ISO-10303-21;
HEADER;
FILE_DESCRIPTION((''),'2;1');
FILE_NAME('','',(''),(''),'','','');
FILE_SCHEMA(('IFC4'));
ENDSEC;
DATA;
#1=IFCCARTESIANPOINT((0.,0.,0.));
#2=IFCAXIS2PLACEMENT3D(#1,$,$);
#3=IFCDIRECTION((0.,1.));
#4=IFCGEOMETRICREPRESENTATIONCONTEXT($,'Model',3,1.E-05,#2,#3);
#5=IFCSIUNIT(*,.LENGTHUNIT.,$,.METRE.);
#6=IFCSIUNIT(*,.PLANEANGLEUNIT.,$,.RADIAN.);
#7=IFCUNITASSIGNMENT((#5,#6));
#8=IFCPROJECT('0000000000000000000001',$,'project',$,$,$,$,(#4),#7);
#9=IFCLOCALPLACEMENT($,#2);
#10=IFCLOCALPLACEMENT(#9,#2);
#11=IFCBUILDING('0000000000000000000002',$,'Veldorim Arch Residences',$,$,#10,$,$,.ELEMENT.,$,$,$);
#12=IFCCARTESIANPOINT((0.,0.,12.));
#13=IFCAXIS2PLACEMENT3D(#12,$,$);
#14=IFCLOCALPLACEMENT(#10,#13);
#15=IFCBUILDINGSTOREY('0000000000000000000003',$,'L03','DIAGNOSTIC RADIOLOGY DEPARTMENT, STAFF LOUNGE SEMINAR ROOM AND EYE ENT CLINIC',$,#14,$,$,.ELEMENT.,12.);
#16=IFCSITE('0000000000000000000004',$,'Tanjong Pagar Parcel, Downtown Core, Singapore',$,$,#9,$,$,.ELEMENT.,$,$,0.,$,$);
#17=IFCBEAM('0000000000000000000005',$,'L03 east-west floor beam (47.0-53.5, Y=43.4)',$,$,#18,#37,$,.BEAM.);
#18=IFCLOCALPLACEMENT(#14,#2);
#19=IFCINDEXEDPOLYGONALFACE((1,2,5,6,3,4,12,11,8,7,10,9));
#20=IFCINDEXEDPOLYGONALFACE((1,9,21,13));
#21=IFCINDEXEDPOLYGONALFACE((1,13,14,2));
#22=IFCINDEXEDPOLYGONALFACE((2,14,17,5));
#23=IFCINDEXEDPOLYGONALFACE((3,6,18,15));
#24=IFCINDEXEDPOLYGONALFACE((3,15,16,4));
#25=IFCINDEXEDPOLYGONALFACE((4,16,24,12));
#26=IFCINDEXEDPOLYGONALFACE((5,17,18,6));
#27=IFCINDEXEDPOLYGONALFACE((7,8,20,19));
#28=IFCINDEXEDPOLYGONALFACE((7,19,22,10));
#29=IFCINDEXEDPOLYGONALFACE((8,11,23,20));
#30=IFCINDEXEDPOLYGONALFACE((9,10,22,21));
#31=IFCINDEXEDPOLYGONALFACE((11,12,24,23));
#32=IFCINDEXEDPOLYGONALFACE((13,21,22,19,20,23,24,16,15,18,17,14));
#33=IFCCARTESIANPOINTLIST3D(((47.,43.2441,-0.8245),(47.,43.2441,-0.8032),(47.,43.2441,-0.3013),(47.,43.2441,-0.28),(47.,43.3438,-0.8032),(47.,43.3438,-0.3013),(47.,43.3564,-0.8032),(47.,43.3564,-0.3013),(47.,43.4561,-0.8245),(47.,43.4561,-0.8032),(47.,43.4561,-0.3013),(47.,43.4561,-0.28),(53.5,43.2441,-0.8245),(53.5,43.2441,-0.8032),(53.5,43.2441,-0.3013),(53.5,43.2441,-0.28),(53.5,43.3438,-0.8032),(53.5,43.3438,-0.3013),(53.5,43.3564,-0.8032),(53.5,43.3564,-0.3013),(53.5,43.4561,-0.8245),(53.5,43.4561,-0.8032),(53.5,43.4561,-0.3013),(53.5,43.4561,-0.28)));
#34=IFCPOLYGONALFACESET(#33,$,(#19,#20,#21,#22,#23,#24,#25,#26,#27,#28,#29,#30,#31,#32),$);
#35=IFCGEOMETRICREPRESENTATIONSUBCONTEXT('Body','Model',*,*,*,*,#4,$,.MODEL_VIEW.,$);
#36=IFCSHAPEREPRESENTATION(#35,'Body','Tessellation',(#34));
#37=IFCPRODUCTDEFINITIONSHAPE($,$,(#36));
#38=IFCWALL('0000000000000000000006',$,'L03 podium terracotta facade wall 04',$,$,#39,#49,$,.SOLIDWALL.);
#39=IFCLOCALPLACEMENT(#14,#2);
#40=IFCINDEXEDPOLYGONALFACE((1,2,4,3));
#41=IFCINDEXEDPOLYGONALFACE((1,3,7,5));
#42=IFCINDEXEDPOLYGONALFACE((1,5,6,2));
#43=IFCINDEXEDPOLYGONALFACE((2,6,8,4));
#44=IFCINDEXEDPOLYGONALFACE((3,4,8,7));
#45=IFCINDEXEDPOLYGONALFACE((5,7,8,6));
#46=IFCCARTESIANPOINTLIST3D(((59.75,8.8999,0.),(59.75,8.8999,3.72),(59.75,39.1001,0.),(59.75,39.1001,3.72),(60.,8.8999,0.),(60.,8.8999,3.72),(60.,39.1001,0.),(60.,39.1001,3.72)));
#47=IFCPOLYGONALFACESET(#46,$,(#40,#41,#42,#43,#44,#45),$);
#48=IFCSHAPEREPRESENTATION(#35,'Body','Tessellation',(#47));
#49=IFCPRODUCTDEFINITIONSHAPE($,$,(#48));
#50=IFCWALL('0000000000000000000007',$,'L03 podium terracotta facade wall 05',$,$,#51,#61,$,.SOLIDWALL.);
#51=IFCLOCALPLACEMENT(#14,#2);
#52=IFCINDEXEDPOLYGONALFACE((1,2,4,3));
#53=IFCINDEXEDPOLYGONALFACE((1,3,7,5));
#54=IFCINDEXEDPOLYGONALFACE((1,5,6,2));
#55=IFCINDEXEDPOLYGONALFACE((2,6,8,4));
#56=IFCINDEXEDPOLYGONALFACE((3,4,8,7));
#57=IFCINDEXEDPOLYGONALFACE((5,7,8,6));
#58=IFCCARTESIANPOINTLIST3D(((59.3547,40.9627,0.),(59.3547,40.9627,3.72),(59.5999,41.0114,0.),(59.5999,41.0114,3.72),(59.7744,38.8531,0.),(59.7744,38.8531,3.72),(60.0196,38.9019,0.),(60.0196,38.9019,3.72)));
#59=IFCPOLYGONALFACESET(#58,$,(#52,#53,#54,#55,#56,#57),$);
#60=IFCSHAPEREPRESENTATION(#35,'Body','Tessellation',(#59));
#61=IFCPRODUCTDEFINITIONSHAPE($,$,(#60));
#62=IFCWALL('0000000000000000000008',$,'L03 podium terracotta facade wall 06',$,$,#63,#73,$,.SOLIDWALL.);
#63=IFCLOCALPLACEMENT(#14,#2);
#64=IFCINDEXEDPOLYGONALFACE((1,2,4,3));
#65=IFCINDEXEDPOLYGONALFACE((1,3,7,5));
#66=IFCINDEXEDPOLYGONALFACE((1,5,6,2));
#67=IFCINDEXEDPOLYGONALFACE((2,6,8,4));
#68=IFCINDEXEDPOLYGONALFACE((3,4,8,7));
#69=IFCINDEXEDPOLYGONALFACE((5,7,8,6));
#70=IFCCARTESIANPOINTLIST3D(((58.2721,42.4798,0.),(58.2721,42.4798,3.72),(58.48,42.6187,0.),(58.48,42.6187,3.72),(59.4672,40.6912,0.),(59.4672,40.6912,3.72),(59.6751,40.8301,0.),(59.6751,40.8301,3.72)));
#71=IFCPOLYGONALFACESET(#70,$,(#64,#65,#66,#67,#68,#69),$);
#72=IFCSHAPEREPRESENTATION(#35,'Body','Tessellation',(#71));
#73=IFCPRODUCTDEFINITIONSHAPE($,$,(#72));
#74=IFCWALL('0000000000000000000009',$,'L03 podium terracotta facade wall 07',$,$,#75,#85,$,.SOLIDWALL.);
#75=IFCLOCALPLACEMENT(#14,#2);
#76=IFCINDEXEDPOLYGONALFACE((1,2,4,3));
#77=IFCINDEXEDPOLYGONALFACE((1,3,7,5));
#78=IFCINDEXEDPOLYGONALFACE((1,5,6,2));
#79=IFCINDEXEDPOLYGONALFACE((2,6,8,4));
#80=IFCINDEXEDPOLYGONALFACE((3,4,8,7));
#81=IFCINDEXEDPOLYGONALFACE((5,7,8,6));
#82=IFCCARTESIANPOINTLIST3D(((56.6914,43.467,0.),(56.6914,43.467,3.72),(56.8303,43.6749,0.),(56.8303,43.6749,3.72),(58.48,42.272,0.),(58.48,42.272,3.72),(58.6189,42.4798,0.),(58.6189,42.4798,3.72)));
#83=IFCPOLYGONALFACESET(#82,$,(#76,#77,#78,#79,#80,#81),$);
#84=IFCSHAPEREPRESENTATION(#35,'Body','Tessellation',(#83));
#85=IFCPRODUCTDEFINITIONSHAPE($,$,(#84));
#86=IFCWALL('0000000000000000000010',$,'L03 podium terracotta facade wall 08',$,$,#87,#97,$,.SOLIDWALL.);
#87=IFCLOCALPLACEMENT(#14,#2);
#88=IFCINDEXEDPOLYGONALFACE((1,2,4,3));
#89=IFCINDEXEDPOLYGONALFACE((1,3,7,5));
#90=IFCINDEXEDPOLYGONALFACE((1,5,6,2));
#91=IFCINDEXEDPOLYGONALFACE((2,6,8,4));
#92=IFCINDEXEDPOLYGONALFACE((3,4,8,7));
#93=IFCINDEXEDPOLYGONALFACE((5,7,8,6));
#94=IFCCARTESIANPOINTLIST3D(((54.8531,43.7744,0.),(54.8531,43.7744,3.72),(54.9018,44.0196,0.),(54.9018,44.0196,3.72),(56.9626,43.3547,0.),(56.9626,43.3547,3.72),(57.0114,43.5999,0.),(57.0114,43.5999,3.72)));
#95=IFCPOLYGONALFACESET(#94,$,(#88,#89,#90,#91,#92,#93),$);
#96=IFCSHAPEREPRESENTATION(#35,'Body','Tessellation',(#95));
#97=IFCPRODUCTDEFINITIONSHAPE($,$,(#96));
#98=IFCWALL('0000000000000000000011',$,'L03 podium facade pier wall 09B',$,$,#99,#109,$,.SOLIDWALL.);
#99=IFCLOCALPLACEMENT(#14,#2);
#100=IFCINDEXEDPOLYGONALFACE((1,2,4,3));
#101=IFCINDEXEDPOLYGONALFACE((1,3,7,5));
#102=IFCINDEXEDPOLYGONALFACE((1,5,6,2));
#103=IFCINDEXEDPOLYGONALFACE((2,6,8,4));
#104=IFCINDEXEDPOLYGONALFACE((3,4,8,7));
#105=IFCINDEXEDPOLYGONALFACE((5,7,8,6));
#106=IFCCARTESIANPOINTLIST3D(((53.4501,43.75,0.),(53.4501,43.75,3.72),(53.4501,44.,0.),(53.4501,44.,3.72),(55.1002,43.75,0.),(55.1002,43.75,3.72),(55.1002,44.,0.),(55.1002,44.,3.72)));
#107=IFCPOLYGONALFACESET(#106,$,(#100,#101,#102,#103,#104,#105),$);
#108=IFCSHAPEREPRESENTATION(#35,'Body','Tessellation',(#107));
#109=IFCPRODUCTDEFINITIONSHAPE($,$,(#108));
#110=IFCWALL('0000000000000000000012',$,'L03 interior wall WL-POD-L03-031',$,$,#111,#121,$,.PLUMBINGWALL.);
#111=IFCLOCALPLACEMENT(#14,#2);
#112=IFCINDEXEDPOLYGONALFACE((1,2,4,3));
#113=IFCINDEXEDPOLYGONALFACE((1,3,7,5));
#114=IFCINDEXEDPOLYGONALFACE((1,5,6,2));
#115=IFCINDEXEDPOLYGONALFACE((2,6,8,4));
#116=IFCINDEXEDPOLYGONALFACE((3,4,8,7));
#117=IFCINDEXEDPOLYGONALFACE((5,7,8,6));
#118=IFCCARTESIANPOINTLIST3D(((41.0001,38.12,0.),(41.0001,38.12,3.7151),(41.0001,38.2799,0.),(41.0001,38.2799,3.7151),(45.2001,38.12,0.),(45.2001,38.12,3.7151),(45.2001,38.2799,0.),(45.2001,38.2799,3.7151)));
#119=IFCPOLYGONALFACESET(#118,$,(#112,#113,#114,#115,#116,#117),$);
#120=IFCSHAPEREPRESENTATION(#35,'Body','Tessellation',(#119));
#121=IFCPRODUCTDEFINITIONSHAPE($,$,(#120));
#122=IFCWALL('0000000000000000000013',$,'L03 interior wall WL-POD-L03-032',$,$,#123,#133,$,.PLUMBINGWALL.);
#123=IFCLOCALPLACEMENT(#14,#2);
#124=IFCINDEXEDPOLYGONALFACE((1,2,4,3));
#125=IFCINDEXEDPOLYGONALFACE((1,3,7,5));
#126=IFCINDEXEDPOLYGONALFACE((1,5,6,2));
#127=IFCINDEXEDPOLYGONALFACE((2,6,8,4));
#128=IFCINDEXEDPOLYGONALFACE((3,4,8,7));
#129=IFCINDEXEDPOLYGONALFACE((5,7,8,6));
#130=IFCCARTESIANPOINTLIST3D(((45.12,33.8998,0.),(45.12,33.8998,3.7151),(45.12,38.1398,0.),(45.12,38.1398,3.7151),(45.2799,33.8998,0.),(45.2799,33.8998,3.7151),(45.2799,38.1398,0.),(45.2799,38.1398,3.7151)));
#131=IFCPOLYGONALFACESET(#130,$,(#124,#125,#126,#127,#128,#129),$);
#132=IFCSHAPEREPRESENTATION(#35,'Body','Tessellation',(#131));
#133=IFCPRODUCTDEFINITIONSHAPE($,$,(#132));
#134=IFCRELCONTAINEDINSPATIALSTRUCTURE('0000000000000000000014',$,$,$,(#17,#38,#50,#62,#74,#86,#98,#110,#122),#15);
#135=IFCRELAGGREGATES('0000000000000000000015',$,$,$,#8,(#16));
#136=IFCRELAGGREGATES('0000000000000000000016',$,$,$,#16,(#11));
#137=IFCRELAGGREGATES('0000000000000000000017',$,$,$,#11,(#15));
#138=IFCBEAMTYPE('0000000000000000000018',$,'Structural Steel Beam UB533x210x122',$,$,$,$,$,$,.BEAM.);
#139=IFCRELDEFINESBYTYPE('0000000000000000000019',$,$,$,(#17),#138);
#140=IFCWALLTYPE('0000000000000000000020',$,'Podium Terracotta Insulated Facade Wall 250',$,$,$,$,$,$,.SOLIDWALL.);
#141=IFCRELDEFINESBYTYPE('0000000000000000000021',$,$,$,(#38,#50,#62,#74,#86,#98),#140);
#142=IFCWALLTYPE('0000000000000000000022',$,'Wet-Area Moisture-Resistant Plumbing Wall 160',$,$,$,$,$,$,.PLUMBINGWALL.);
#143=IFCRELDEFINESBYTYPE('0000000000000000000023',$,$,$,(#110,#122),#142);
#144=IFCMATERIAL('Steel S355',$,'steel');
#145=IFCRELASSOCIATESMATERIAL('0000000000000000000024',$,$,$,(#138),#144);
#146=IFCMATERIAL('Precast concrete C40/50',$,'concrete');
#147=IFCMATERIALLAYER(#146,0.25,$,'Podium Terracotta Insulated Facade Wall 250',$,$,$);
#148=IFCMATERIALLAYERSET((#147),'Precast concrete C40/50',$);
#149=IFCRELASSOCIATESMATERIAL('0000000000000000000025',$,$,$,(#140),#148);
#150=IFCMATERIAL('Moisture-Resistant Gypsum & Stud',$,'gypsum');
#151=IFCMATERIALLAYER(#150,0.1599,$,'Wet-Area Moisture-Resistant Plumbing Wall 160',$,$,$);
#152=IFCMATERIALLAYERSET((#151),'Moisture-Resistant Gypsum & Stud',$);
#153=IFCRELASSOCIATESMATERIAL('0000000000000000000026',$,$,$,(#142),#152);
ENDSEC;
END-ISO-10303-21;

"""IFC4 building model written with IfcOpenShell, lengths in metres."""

from ifc_helpers import new_model, si_unit, direction, frame, frame_2d, origin, origin_2d, place, context, subcontext, project, spatial, rectangle, i_section, extrude, material, layer, layer_set, material_profile, profile_set, type_object, element, save


model = new_model("IFC4")

# Units and contexts
model_context = context("Model", 3, precision=1e-05, world=origin(), true_north=direction((0.0, 1.0)))
body_context = subcontext(model_context, "Body", "Model", "MODEL_VIEW")
ifc_project = project(units=[si_unit("LENGTHUNIT", "METRE"), si_unit("PLANEANGLEUNIT", "RADIAN")], contexts=[model_context])

# Site, building, storey
site_placement = place(None, origin())
site = spatial("IfcSite", under=ifc_project, at=site_placement, Name="Tanjong Pagar Parcel, Downtown Core, Singapore", CompositionType="ELEMENT", RefElevation=0.0)
building_placement = place(site_placement, origin())
building = spatial("IfcBuilding", under=site, at=building_placement, Name="Veldorim Arch Residences", CompositionType="ELEMENT")
storey_placement = place(building_placement, frame((0.0, 0.0, 12.0)))
storey = spatial("IfcBuildingStorey", under=building, at=storey_placement, Name="L03", Description="DIAGNOSTIC RADIOLOGY DEPARTMENT, STAFF LOUNGE SEMINAR ROOM AND EYE ENT CLINIC", CompositionType="ELEMENT", Elevation=12.0)

# Beam
ifc_material_1 = material(Name="Steel S355", Category="steel")
ifc_material_profile_1 = material_profile(ifc_material_1, i_section(OverallWidth=0.2119, OverallDepth=0.5444, WebThickness=0.0127, FlangeThickness=0.0212, at=origin_2d()), Name="UB533x210x122")
ifc_profile_set_1 = profile_set([ifc_material_profile_1], Name="Steel S355")
beam_type_1 = type_object("IfcBeamType", Name="Structural Steel Beam UB533x210x122", PredefinedType="BEAM", material=ifc_profile_set_1)
beam_1_placement = place(storey_placement, frame((47.0, 43.3501, -0.5522), z_axis=(1.0, 0.0, 0.0), x_axis=(0.0, 1.0, 0.0)))
element("IfcBeam", 1, at=beam_1_placement, inside=storey, type_object=beam_type_1, Name="L03 east-west floor beam (47.0-53.5, Y=43.4)", PredefinedType="BEAM", context=body_context, shape_type="SweptSolid", body=[
    extrude(i_section(OverallWidth=0.2119, OverallDepth=0.5444, WebThickness=0.0127, FlangeThickness=0.0212, at=origin_2d()), origin(), (0.0, 0.0, 1.0), 6.5),
])

# Walls
ifc_material_2 = material(Name="Precast concrete C40/50", Category="concrete")
ifc_layer_1 = layer(ifc_material_2, 0.25, Name="Podium Terracotta Insulated Facade Wall 250")
ifc_layer_set_1 = layer_set([ifc_layer_1], Name="Precast concrete C40/50")
wall_type_1 = type_object("IfcWallType", Name="Podium Terracotta Insulated Facade Wall 250", PredefinedType="SOLIDWALL", material=ifc_layer_set_1)
wall_1_placement = place(storey_placement, frame((59.875, 39.1001, 0.0), z_axis=(0.0, 0.0, 1.0), x_axis=(0.0, -1.0, 0.0)))
element("IfcWall", 2, at=wall_1_placement, inside=storey, type_object=wall_type_1, Name="L03 podium terracotta facade wall 04", PredefinedType="SOLIDWALL", context=body_context, shape_type="SweptSolid", body=[
    extrude(rectangle(XDim=30.2002, YDim=0.25, at=frame_2d((15.1001, 0.0))), origin(), (0.0, 0.0, 1.0), 3.72),
])
wall_2_placement = place(storey_placement, frame((59.4773, 40.9871, 0.0), z_axis=(0.0, 0.0, 1.0), x_axis=(0.195112, -0.980781, 0.0)))
element("IfcWall", 3, at=wall_2_placement, inside=storey, type_object=wall_type_1, Name="L03 podium terracotta facade wall 05", PredefinedType="SOLIDWALL", context=body_context, shape_type="SweptSolid", body=[
    extrude(rectangle(XDim=2.1509, YDim=0.25, at=frame_2d((1.0754, 0.0))), origin(), (0.0, 0.0, 1.0), 3.72),
])
for number, where, z_axis, x_axis, name in (
    (4, (58.376, 42.5493, 0.0), (0.0, 0.0, 1.0), (0.555564, -0.831474, 0.0), "L03 podium terracotta facade wall 06"),
    (5, (56.7607, 43.571, 0.0), (0.0, 0.0, 1.0), (0.831474, -0.555564, 0.0), "L03 podium terracotta facade wall 07"),
):
    element("IfcWall", number, at=place(storey_placement, frame(where, z_axis=z_axis, x_axis=x_axis)), inside=storey, type_object=wall_type_1, Name=name, PredefinedType="SOLIDWALL", context=body_context, shape_type="SweptSolid", body=[
        extrude(rectangle(XDim=2.1511, YDim=0.25, at=frame_2d((1.0757, 0.0))), origin(), (0.0, 0.0, 1.0), 3.72),
    ])
wall_3_placement = place(storey_placement, frame((54.8774, 43.897, 0.0), z_axis=(0.0, 0.0, 1.0), x_axis=(0.980781, -0.195112, 0.0)))
element("IfcWall", 6, at=wall_3_placement, inside=storey, type_object=wall_type_1, Name="L03 podium terracotta facade wall 08", PredefinedType="SOLIDWALL", context=body_context, shape_type="SweptSolid", body=[
    extrude(rectangle(XDim=2.1509, YDim=0.25, at=frame_2d((1.0754, 0.0))), origin(), (0.0, 0.0, 1.0), 3.72),
])
wall_4_placement = place(storey_placement, frame((53.45, 43.875, 0.0), z_axis=(0.0, 0.0, 1.0), x_axis=(1.0, 0.0, 0.0)))
element("IfcWall", 7, at=wall_4_placement, inside=storey, type_object=wall_type_1, Name="L03 podium facade pier wall 09B", PredefinedType="SOLIDWALL", context=body_context, shape_type="SweptSolid", body=[
    extrude(rectangle(XDim=1.6501, YDim=0.25, at=frame_2d((0.8252, 0.0))), origin(), (0.0, 0.0, 1.0), 3.72),
])
ifc_material_3 = material(Name="Moisture-Resistant Gypsum & Stud", Category="gypsum")
ifc_layer_2 = layer(ifc_material_3, 0.1599, Name="Wet-Area Moisture-Resistant Plumbing Wall 160")
ifc_layer_set_2 = layer_set([ifc_layer_2], Name="Moisture-Resistant Gypsum & Stud")
wall_type_2 = type_object("IfcWallType", Name="Wet-Area Moisture-Resistant Plumbing Wall 160", PredefinedType="PLUMBINGWALL", material=ifc_layer_set_2)
wall_5_placement = place(storey_placement, frame((41.0, 38.2, 0.0), z_axis=(0.0, 0.0, 1.0), x_axis=(1.0, 0.0, 0.0)))
element("IfcWall", 8, at=wall_5_placement, inside=storey, type_object=wall_type_2, Name="L03 interior wall WL-POD-L03-031", PredefinedType="PLUMBINGWALL", context=body_context, shape_type="SweptSolid", body=[
    extrude(rectangle(XDim=4.2, YDim=0.1599, at=frame_2d((2.1001, 0.0))), origin(), (0.0, 0.0, 1.0), 3.7151),
])
wall_6_placement = place(storey_placement, frame((45.2, 38.1399, 0.0), z_axis=(0.0, 0.0, 1.0), x_axis=(0.0, -1.0, 0.0)))
element("IfcWall", 9, at=wall_6_placement, inside=storey, type_object=wall_type_2, Name="L03 interior wall WL-POD-L03-032", PredefinedType="PLUMBINGWALL", context=body_context, shape_type="SweptSolid", body=[
    extrude(rectangle(XDim=4.24, YDim=0.1599, at=frame_2d((2.1201, 0.0))), origin(), (0.0, 0.0, 1.0), 3.7151),
])

save(model, "model.ifc")
